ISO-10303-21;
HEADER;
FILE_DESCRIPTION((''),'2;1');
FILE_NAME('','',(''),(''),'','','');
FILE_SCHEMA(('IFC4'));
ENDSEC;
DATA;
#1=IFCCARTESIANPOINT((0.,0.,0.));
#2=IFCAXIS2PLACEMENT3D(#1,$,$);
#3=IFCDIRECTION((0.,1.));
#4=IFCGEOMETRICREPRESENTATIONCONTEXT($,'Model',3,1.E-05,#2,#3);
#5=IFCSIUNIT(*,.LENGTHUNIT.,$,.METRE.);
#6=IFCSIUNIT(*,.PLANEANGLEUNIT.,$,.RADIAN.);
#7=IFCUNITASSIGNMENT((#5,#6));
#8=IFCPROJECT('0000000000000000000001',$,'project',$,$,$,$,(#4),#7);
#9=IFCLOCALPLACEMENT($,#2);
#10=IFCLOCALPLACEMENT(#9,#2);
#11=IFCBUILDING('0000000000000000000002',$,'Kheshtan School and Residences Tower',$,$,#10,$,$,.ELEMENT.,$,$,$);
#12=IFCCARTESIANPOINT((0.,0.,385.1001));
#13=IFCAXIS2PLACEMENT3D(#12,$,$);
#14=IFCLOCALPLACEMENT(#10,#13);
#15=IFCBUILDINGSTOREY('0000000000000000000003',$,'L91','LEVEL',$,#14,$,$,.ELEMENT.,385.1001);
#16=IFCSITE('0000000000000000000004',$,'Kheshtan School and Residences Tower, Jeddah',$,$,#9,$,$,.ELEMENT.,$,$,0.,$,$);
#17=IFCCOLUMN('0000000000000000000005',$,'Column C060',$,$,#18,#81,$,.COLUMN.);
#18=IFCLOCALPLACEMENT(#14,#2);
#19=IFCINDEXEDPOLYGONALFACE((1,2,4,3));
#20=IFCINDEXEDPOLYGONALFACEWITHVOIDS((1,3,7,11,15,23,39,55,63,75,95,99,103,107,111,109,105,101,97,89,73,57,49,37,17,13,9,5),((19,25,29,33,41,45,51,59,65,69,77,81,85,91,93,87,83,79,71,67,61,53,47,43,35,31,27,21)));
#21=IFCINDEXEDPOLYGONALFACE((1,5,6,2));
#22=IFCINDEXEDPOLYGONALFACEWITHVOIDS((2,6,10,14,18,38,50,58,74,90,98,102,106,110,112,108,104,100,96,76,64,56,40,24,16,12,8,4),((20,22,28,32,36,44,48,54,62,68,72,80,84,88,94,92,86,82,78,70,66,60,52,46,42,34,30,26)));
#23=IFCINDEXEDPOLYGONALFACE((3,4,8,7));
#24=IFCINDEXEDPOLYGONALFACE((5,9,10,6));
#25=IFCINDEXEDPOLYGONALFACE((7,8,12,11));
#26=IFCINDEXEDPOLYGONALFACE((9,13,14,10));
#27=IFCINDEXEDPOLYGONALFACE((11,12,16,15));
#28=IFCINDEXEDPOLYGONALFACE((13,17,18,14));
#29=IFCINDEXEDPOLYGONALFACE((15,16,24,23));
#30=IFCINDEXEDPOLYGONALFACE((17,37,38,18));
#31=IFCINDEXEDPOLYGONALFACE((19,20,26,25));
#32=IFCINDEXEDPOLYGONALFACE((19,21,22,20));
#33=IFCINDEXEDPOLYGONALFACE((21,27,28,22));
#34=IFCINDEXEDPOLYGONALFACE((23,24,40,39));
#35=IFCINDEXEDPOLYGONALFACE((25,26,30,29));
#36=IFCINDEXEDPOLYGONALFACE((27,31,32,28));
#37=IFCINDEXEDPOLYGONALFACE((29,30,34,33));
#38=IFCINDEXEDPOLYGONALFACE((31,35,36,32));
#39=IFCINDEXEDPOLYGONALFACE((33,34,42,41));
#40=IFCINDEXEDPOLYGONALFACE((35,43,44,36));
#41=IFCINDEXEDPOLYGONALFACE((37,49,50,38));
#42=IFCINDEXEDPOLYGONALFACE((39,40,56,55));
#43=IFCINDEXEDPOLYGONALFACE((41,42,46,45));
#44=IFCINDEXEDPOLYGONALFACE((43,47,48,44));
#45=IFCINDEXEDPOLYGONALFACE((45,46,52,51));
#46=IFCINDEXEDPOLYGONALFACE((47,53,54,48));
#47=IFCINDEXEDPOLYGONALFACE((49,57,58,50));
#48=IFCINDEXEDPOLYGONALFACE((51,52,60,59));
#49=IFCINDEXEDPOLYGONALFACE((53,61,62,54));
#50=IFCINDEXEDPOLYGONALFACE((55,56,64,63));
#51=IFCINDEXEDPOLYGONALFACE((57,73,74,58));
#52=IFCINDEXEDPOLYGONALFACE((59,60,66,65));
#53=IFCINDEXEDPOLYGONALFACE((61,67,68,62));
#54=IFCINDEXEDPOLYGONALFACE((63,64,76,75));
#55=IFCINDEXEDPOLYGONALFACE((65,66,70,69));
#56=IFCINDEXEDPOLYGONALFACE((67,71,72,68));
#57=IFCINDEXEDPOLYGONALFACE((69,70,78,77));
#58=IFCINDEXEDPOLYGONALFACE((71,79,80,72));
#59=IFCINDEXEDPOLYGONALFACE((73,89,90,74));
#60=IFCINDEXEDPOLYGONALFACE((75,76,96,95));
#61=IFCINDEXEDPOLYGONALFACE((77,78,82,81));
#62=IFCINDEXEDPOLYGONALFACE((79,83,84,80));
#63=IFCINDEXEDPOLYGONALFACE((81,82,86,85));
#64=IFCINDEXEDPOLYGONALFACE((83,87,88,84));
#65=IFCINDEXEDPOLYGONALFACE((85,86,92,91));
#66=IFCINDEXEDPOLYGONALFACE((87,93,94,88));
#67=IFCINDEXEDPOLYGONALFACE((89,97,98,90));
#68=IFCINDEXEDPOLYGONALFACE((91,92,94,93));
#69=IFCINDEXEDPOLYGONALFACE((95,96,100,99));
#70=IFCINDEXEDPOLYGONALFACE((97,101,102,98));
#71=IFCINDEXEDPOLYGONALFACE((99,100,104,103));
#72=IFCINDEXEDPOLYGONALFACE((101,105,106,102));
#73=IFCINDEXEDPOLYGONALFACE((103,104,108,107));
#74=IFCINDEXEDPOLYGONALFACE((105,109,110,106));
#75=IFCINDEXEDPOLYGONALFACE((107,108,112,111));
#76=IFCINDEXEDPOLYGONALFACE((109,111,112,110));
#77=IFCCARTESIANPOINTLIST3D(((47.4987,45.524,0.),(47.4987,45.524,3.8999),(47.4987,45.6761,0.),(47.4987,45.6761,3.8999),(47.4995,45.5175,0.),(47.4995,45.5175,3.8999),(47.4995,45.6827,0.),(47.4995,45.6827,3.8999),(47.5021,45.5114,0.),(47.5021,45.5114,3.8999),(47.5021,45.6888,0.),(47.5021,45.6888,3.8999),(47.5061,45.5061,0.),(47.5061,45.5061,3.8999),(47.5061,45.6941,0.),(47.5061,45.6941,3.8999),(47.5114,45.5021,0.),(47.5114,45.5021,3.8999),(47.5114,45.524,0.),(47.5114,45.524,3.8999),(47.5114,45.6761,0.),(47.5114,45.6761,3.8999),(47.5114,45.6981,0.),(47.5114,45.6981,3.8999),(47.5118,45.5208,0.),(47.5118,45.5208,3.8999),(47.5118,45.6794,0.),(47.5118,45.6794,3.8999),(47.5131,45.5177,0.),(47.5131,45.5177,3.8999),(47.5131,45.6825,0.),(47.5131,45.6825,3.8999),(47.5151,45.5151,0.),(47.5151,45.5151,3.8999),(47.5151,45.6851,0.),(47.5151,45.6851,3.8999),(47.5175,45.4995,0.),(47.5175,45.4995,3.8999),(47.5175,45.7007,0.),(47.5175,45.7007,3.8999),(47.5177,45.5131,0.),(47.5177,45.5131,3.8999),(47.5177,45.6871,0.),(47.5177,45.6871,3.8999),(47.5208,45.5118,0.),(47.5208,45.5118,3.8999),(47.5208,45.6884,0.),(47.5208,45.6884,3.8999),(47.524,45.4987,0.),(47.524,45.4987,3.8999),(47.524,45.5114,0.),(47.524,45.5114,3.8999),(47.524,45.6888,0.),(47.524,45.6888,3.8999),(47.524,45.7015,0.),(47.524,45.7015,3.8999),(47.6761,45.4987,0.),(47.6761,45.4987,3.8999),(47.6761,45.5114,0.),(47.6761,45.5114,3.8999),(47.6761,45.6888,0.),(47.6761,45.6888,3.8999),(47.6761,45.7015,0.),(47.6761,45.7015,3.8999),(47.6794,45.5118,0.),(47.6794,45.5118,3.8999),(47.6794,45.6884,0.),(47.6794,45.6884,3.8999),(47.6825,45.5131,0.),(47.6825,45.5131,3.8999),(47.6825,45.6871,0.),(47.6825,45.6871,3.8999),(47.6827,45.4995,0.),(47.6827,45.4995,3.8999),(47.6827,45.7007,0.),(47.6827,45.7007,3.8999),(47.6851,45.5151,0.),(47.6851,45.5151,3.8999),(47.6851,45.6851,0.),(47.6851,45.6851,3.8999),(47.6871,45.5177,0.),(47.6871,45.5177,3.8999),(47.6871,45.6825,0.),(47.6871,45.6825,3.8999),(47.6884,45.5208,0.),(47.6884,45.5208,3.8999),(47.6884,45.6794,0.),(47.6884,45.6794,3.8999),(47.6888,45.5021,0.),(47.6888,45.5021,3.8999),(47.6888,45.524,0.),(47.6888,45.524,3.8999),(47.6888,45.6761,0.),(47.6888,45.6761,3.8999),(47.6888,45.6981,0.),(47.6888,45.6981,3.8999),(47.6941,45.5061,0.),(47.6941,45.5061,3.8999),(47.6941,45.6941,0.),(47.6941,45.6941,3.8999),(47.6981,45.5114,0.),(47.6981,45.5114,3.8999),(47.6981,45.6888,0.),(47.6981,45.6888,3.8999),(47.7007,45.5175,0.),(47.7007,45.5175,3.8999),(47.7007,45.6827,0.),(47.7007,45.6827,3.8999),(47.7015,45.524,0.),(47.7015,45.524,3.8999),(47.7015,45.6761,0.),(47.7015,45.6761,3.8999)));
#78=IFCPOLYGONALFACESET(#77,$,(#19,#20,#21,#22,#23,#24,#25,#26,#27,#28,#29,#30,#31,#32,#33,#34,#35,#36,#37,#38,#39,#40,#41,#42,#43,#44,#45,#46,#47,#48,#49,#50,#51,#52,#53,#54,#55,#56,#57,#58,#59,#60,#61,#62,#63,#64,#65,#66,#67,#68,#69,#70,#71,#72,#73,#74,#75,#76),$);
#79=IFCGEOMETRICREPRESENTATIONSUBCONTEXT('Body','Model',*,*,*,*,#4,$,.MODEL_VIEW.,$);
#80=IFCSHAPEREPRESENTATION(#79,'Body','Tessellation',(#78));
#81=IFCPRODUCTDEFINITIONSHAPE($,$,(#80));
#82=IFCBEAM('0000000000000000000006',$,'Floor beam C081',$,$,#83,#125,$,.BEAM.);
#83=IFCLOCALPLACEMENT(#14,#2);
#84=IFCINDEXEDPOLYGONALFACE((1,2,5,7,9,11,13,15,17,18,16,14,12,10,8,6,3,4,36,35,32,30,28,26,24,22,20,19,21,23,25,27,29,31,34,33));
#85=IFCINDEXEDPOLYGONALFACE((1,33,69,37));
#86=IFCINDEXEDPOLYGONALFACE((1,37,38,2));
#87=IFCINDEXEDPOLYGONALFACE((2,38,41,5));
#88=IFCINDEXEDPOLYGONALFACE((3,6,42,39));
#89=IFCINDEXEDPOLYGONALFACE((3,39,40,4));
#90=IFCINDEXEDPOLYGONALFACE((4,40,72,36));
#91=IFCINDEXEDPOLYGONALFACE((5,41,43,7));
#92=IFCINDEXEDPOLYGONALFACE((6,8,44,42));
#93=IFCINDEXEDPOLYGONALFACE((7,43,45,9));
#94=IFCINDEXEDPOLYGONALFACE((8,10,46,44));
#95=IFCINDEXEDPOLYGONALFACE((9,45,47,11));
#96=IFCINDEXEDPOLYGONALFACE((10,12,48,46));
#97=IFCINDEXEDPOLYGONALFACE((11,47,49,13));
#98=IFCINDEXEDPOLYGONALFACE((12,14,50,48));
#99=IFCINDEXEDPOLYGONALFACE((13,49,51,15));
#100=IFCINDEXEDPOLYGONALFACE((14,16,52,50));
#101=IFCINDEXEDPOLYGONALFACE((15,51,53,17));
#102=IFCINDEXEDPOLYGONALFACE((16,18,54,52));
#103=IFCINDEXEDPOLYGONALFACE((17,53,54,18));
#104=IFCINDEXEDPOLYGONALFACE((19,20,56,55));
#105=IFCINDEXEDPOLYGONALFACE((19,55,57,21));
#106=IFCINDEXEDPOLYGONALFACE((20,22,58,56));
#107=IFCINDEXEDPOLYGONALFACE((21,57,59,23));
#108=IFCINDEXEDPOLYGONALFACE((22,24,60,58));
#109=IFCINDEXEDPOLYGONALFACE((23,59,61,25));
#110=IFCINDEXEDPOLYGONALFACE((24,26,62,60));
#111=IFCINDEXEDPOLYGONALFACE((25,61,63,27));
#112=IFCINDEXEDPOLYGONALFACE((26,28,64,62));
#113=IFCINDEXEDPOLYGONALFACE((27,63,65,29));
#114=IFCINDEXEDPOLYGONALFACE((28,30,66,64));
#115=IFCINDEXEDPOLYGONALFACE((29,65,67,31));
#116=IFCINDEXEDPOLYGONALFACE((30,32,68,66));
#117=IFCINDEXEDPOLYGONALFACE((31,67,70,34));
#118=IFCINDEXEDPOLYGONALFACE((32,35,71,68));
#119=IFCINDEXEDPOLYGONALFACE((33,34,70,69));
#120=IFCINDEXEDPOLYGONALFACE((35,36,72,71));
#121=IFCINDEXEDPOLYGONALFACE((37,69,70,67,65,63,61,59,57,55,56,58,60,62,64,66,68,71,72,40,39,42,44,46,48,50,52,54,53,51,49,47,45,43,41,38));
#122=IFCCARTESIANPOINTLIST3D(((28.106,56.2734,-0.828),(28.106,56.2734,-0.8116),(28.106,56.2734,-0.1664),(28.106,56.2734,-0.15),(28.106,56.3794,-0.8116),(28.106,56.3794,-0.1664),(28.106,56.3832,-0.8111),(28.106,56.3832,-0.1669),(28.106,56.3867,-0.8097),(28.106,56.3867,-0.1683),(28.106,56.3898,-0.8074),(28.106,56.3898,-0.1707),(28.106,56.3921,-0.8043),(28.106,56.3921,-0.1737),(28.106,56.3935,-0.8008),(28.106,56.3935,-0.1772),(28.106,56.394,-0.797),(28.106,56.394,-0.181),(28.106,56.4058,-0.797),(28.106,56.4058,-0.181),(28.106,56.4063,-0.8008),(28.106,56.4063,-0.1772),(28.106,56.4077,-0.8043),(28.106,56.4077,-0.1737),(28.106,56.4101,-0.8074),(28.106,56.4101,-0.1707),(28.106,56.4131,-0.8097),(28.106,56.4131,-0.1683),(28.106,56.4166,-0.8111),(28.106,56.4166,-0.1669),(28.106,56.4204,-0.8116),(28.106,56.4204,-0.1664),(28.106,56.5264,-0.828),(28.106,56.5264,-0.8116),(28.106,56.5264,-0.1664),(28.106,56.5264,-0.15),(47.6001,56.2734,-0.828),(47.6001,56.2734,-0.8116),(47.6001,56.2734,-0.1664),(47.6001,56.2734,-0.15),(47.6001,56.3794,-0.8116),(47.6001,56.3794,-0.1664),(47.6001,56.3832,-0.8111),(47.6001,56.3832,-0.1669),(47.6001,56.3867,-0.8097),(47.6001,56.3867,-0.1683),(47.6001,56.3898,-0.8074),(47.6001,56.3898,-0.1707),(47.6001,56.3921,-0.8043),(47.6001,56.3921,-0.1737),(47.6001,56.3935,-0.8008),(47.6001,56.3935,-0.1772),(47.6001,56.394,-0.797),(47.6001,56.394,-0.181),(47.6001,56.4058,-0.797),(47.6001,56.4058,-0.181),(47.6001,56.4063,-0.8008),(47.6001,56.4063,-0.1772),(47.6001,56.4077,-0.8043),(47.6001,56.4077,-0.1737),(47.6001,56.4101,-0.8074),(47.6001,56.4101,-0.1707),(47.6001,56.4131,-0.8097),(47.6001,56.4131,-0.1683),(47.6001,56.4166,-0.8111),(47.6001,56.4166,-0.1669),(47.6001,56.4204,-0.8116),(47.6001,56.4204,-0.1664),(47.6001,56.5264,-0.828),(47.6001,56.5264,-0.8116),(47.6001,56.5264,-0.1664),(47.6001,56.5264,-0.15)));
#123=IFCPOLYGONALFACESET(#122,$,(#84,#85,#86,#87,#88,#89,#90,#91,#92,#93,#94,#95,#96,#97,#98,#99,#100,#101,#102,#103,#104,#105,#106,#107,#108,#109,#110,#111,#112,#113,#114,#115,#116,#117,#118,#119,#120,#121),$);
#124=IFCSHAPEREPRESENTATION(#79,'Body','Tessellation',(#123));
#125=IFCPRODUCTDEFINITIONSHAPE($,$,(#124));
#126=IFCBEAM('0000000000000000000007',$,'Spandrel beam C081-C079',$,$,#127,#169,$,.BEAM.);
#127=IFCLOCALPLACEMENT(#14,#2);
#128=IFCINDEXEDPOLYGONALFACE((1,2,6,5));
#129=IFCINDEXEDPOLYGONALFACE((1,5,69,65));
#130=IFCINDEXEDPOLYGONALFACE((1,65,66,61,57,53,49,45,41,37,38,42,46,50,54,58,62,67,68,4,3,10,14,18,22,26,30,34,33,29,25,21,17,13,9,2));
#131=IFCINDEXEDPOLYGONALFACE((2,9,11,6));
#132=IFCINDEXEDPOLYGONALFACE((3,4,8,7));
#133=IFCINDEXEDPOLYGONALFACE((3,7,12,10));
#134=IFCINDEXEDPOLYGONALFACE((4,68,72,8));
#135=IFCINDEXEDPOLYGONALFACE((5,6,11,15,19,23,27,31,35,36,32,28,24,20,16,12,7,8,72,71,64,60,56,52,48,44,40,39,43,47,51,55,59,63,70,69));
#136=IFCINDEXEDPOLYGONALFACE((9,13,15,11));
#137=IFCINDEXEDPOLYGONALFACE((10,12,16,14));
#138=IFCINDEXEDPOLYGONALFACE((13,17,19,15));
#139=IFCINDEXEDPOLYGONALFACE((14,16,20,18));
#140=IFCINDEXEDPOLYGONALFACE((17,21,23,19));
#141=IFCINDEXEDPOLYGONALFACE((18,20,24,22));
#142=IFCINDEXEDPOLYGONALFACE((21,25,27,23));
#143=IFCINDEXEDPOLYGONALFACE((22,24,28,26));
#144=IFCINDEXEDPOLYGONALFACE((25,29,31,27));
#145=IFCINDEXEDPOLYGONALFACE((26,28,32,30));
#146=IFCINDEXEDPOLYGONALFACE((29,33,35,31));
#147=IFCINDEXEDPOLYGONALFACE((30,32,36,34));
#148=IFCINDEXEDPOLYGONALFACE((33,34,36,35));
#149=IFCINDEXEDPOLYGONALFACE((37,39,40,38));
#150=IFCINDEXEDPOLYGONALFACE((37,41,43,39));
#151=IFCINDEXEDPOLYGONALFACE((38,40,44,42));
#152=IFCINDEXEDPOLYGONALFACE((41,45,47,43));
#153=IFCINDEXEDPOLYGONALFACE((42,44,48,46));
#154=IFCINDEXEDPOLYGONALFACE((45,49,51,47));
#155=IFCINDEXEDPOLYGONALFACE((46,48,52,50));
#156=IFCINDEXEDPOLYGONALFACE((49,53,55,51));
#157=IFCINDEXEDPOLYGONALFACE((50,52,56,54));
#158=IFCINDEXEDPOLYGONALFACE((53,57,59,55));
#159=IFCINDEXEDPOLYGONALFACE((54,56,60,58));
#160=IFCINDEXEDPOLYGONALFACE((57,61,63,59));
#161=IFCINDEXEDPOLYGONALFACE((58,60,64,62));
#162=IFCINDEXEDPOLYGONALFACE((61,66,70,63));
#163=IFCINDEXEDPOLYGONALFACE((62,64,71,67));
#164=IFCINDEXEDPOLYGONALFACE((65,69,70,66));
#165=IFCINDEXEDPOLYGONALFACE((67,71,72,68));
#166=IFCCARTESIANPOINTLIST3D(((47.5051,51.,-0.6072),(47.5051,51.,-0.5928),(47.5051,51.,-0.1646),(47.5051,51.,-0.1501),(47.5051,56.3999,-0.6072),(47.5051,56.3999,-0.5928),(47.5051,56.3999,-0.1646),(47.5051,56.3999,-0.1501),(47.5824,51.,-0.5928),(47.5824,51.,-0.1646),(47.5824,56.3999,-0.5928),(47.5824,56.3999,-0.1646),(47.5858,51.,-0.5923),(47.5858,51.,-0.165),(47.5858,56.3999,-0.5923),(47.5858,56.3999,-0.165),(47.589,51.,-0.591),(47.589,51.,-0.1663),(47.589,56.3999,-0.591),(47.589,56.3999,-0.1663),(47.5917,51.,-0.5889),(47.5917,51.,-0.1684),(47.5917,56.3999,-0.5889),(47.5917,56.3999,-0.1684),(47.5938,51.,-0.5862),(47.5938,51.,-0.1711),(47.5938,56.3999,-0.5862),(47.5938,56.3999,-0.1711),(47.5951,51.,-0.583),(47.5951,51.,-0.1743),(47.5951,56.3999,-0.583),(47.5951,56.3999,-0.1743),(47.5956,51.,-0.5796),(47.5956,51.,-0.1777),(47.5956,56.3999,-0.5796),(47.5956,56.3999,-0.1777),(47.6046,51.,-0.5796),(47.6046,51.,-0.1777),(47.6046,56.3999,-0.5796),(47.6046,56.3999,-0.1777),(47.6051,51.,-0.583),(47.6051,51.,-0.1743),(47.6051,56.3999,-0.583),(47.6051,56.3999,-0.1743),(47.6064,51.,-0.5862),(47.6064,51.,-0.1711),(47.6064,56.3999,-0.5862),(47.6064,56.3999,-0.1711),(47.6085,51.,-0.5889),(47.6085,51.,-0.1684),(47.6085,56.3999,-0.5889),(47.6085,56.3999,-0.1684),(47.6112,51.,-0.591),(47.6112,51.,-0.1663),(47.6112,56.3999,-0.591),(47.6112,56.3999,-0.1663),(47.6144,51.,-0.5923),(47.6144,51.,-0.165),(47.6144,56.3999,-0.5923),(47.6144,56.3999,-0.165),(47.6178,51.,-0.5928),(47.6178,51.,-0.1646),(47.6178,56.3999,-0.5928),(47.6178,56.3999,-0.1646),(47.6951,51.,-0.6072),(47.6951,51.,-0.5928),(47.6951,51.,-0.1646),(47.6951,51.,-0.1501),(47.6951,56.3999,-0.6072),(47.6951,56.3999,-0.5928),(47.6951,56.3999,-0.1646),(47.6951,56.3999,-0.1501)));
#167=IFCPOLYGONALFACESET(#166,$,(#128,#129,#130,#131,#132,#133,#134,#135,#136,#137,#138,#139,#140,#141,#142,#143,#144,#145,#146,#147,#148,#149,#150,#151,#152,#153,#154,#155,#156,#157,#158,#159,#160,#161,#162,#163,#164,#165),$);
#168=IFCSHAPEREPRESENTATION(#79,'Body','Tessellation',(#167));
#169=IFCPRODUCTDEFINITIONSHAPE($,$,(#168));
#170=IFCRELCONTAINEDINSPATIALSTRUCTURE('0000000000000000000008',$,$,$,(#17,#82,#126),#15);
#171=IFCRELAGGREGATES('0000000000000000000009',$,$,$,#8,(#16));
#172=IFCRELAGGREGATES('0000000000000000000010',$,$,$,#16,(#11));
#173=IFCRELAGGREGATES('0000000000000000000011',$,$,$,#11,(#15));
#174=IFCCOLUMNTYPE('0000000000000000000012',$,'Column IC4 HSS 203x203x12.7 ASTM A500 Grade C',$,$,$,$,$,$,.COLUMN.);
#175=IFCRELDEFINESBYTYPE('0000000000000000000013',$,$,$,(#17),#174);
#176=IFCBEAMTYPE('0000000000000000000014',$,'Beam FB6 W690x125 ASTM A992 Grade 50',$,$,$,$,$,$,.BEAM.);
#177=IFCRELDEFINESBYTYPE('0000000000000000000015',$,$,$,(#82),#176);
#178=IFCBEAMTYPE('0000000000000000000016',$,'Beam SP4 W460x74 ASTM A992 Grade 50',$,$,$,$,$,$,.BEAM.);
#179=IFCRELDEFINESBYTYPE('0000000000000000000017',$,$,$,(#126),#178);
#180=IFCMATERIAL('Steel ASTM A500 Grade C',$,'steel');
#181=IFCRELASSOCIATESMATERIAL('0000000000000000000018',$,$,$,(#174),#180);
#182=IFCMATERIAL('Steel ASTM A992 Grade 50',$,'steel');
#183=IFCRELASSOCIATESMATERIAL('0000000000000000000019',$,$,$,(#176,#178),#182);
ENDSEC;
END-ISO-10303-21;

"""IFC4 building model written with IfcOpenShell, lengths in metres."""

from ifc_helpers import new_model, si_unit, direction, frame, origin, origin_2d, place, context, subcontext, project, spatial, hollow_rectangle, i_section, extrude, material, material_profile, profile_set, type_object, element, save


model = new_model("IFC4")

# Units and contexts
model_context = context("Model", 3, precision=1e-05, world=origin(), true_north=direction((0.0, 1.0)))
body_context = subcontext(model_context, "Body", "Model", "MODEL_VIEW")
ifc_project = project(units=[si_unit("LENGTHUNIT", "METRE"), si_unit("PLANEANGLEUNIT", "RADIAN")], contexts=[model_context])

# Site, building, storey
site_placement = place(None, origin())
site = spatial("IfcSite", under=ifc_project, at=site_placement, Name="Kheshtan School and Residences Tower, Jeddah", CompositionType="ELEMENT", RefElevation=0.0)
building_placement = place(site_placement, origin())
building = spatial("IfcBuilding", under=site, at=building_placement, Name="Kheshtan School and Residences Tower", CompositionType="ELEMENT")
storey_placement = place(building_placement, frame((0.0, 0.0, 385.1001)))
storey = spatial("IfcBuildingStorey", under=building, at=storey_placement, Name="L91", Description="LEVEL", CompositionType="ELEMENT", Elevation=385.1001)

# Column
ifc_material_1 = material(Name="Steel ASTM A992 Grade 50", Category="steel")
ifc_material_2 = material(Name="Steel ASTM A500 Grade C", Category="steel")
ifc_material_profile_1 = material_profile(ifc_material_2, hollow_rectangle(XDim=0.2029, YDim=0.2029, WallThickness=0.0127, InnerFilletRadius=0.0127, OuterFilletRadius=0.0254, at=origin_2d()), Name="HSS 203x203x12.7")
ifc_profile_set_1 = profile_set([ifc_material_profile_1], Name="Steel ASTM A500 Grade C")
column_type_1 = type_object("IfcColumnType", Name="Column IC4 HSS 203x203x12.7 ASTM A500 Grade C", PredefinedType="COLUMN", material=ifc_profile_set_1)
column_placement = place(storey_placement, frame((47.6001, 45.6001, 0.0), z_axis=(0.0, 0.0, 1.0), x_axis=(1.0, 0.0, 0.0)))
element("IfcColumn", 1, at=column_placement, inside=storey, type_object=column_type_1, Name="Column C060", PredefinedType="COLUMN", context=body_context, shape_type="SweptSolid", body=[
    extrude(hollow_rectangle(XDim=0.2029, YDim=0.2029, WallThickness=0.0127, InnerFilletRadius=0.0127, OuterFilletRadius=0.0254, at=origin_2d()), origin(), (0.0, 0.0, 1.0), 3.8999),
])

# Beams
ifc_material_profile_2 = material_profile(ifc_material_1, i_section(OverallWidth=0.2529, OverallDepth=0.678, WebThickness=0.0117, FlangeThickness=0.0164, FilletRadius=0.0146, at=origin_2d()), Name="W690x125")
ifc_profile_set_2 = profile_set([ifc_material_profile_2], Name="Steel ASTM A992 Grade 50")
beam_type_1 = type_object("IfcBeamType", Name="Beam FB6 W690x125 ASTM A992 Grade 50", PredefinedType="BEAM", material=ifc_profile_set_2)
beam_1_placement = place(storey_placement, frame((47.6001, 56.3999, -0.489), z_axis=(-1.0, 0.0, 0.0), x_axis=(0.0, -1.0, 0.0)))
element("IfcBeam", 2, at=beam_1_placement, inside=storey, type_object=beam_type_1, Name="Floor beam C081", PredefinedType="BEAM", context=body_context, shape_type="SweptSolid", body=[
    extrude(i_section(OverallWidth=0.2529, OverallDepth=0.678, WebThickness=0.0117, FlangeThickness=0.0164, FilletRadius=0.0146, at=origin_2d()), origin(), (0.0, 0.0, 1.0), 19.4941),
])
ifc_material_profile_3 = material_profile(ifc_material_1, i_section(OverallWidth=0.1899, OverallDepth=0.457, WebThickness=0.009, FlangeThickness=0.0144, FilletRadius=0.0132, at=origin_2d()), Name="W460x74")
ifc_profile_set_3 = profile_set([ifc_material_profile_3], Name="Steel ASTM A992 Grade 50")
beam_type_2 = type_object("IfcBeamType", Name="Beam SP4 W460x74 ASTM A992 Grade 50", PredefinedType="BEAM", material=ifc_profile_set_3)
beam_2_placement = place(storey_placement, frame((47.6001, 56.3999, -0.3787), z_axis=(0.0, -1.0, 0.0), x_axis=(1.0, 0.0, 0.0)))
element("IfcBeam", 3, at=beam_2_placement, inside=storey, type_object=beam_type_2, Name="Spandrel beam C081-C079", PredefinedType="BEAM", context=body_context, shape_type="SweptSolid", body=[
    extrude(i_section(OverallWidth=0.1899, OverallDepth=0.457, WebThickness=0.009, FlangeThickness=0.0144, FilletRadius=0.0132, at=origin_2d()), origin(), (0.0, 0.0, 1.0), 5.3999),
])

save(model, "model.ifc")
